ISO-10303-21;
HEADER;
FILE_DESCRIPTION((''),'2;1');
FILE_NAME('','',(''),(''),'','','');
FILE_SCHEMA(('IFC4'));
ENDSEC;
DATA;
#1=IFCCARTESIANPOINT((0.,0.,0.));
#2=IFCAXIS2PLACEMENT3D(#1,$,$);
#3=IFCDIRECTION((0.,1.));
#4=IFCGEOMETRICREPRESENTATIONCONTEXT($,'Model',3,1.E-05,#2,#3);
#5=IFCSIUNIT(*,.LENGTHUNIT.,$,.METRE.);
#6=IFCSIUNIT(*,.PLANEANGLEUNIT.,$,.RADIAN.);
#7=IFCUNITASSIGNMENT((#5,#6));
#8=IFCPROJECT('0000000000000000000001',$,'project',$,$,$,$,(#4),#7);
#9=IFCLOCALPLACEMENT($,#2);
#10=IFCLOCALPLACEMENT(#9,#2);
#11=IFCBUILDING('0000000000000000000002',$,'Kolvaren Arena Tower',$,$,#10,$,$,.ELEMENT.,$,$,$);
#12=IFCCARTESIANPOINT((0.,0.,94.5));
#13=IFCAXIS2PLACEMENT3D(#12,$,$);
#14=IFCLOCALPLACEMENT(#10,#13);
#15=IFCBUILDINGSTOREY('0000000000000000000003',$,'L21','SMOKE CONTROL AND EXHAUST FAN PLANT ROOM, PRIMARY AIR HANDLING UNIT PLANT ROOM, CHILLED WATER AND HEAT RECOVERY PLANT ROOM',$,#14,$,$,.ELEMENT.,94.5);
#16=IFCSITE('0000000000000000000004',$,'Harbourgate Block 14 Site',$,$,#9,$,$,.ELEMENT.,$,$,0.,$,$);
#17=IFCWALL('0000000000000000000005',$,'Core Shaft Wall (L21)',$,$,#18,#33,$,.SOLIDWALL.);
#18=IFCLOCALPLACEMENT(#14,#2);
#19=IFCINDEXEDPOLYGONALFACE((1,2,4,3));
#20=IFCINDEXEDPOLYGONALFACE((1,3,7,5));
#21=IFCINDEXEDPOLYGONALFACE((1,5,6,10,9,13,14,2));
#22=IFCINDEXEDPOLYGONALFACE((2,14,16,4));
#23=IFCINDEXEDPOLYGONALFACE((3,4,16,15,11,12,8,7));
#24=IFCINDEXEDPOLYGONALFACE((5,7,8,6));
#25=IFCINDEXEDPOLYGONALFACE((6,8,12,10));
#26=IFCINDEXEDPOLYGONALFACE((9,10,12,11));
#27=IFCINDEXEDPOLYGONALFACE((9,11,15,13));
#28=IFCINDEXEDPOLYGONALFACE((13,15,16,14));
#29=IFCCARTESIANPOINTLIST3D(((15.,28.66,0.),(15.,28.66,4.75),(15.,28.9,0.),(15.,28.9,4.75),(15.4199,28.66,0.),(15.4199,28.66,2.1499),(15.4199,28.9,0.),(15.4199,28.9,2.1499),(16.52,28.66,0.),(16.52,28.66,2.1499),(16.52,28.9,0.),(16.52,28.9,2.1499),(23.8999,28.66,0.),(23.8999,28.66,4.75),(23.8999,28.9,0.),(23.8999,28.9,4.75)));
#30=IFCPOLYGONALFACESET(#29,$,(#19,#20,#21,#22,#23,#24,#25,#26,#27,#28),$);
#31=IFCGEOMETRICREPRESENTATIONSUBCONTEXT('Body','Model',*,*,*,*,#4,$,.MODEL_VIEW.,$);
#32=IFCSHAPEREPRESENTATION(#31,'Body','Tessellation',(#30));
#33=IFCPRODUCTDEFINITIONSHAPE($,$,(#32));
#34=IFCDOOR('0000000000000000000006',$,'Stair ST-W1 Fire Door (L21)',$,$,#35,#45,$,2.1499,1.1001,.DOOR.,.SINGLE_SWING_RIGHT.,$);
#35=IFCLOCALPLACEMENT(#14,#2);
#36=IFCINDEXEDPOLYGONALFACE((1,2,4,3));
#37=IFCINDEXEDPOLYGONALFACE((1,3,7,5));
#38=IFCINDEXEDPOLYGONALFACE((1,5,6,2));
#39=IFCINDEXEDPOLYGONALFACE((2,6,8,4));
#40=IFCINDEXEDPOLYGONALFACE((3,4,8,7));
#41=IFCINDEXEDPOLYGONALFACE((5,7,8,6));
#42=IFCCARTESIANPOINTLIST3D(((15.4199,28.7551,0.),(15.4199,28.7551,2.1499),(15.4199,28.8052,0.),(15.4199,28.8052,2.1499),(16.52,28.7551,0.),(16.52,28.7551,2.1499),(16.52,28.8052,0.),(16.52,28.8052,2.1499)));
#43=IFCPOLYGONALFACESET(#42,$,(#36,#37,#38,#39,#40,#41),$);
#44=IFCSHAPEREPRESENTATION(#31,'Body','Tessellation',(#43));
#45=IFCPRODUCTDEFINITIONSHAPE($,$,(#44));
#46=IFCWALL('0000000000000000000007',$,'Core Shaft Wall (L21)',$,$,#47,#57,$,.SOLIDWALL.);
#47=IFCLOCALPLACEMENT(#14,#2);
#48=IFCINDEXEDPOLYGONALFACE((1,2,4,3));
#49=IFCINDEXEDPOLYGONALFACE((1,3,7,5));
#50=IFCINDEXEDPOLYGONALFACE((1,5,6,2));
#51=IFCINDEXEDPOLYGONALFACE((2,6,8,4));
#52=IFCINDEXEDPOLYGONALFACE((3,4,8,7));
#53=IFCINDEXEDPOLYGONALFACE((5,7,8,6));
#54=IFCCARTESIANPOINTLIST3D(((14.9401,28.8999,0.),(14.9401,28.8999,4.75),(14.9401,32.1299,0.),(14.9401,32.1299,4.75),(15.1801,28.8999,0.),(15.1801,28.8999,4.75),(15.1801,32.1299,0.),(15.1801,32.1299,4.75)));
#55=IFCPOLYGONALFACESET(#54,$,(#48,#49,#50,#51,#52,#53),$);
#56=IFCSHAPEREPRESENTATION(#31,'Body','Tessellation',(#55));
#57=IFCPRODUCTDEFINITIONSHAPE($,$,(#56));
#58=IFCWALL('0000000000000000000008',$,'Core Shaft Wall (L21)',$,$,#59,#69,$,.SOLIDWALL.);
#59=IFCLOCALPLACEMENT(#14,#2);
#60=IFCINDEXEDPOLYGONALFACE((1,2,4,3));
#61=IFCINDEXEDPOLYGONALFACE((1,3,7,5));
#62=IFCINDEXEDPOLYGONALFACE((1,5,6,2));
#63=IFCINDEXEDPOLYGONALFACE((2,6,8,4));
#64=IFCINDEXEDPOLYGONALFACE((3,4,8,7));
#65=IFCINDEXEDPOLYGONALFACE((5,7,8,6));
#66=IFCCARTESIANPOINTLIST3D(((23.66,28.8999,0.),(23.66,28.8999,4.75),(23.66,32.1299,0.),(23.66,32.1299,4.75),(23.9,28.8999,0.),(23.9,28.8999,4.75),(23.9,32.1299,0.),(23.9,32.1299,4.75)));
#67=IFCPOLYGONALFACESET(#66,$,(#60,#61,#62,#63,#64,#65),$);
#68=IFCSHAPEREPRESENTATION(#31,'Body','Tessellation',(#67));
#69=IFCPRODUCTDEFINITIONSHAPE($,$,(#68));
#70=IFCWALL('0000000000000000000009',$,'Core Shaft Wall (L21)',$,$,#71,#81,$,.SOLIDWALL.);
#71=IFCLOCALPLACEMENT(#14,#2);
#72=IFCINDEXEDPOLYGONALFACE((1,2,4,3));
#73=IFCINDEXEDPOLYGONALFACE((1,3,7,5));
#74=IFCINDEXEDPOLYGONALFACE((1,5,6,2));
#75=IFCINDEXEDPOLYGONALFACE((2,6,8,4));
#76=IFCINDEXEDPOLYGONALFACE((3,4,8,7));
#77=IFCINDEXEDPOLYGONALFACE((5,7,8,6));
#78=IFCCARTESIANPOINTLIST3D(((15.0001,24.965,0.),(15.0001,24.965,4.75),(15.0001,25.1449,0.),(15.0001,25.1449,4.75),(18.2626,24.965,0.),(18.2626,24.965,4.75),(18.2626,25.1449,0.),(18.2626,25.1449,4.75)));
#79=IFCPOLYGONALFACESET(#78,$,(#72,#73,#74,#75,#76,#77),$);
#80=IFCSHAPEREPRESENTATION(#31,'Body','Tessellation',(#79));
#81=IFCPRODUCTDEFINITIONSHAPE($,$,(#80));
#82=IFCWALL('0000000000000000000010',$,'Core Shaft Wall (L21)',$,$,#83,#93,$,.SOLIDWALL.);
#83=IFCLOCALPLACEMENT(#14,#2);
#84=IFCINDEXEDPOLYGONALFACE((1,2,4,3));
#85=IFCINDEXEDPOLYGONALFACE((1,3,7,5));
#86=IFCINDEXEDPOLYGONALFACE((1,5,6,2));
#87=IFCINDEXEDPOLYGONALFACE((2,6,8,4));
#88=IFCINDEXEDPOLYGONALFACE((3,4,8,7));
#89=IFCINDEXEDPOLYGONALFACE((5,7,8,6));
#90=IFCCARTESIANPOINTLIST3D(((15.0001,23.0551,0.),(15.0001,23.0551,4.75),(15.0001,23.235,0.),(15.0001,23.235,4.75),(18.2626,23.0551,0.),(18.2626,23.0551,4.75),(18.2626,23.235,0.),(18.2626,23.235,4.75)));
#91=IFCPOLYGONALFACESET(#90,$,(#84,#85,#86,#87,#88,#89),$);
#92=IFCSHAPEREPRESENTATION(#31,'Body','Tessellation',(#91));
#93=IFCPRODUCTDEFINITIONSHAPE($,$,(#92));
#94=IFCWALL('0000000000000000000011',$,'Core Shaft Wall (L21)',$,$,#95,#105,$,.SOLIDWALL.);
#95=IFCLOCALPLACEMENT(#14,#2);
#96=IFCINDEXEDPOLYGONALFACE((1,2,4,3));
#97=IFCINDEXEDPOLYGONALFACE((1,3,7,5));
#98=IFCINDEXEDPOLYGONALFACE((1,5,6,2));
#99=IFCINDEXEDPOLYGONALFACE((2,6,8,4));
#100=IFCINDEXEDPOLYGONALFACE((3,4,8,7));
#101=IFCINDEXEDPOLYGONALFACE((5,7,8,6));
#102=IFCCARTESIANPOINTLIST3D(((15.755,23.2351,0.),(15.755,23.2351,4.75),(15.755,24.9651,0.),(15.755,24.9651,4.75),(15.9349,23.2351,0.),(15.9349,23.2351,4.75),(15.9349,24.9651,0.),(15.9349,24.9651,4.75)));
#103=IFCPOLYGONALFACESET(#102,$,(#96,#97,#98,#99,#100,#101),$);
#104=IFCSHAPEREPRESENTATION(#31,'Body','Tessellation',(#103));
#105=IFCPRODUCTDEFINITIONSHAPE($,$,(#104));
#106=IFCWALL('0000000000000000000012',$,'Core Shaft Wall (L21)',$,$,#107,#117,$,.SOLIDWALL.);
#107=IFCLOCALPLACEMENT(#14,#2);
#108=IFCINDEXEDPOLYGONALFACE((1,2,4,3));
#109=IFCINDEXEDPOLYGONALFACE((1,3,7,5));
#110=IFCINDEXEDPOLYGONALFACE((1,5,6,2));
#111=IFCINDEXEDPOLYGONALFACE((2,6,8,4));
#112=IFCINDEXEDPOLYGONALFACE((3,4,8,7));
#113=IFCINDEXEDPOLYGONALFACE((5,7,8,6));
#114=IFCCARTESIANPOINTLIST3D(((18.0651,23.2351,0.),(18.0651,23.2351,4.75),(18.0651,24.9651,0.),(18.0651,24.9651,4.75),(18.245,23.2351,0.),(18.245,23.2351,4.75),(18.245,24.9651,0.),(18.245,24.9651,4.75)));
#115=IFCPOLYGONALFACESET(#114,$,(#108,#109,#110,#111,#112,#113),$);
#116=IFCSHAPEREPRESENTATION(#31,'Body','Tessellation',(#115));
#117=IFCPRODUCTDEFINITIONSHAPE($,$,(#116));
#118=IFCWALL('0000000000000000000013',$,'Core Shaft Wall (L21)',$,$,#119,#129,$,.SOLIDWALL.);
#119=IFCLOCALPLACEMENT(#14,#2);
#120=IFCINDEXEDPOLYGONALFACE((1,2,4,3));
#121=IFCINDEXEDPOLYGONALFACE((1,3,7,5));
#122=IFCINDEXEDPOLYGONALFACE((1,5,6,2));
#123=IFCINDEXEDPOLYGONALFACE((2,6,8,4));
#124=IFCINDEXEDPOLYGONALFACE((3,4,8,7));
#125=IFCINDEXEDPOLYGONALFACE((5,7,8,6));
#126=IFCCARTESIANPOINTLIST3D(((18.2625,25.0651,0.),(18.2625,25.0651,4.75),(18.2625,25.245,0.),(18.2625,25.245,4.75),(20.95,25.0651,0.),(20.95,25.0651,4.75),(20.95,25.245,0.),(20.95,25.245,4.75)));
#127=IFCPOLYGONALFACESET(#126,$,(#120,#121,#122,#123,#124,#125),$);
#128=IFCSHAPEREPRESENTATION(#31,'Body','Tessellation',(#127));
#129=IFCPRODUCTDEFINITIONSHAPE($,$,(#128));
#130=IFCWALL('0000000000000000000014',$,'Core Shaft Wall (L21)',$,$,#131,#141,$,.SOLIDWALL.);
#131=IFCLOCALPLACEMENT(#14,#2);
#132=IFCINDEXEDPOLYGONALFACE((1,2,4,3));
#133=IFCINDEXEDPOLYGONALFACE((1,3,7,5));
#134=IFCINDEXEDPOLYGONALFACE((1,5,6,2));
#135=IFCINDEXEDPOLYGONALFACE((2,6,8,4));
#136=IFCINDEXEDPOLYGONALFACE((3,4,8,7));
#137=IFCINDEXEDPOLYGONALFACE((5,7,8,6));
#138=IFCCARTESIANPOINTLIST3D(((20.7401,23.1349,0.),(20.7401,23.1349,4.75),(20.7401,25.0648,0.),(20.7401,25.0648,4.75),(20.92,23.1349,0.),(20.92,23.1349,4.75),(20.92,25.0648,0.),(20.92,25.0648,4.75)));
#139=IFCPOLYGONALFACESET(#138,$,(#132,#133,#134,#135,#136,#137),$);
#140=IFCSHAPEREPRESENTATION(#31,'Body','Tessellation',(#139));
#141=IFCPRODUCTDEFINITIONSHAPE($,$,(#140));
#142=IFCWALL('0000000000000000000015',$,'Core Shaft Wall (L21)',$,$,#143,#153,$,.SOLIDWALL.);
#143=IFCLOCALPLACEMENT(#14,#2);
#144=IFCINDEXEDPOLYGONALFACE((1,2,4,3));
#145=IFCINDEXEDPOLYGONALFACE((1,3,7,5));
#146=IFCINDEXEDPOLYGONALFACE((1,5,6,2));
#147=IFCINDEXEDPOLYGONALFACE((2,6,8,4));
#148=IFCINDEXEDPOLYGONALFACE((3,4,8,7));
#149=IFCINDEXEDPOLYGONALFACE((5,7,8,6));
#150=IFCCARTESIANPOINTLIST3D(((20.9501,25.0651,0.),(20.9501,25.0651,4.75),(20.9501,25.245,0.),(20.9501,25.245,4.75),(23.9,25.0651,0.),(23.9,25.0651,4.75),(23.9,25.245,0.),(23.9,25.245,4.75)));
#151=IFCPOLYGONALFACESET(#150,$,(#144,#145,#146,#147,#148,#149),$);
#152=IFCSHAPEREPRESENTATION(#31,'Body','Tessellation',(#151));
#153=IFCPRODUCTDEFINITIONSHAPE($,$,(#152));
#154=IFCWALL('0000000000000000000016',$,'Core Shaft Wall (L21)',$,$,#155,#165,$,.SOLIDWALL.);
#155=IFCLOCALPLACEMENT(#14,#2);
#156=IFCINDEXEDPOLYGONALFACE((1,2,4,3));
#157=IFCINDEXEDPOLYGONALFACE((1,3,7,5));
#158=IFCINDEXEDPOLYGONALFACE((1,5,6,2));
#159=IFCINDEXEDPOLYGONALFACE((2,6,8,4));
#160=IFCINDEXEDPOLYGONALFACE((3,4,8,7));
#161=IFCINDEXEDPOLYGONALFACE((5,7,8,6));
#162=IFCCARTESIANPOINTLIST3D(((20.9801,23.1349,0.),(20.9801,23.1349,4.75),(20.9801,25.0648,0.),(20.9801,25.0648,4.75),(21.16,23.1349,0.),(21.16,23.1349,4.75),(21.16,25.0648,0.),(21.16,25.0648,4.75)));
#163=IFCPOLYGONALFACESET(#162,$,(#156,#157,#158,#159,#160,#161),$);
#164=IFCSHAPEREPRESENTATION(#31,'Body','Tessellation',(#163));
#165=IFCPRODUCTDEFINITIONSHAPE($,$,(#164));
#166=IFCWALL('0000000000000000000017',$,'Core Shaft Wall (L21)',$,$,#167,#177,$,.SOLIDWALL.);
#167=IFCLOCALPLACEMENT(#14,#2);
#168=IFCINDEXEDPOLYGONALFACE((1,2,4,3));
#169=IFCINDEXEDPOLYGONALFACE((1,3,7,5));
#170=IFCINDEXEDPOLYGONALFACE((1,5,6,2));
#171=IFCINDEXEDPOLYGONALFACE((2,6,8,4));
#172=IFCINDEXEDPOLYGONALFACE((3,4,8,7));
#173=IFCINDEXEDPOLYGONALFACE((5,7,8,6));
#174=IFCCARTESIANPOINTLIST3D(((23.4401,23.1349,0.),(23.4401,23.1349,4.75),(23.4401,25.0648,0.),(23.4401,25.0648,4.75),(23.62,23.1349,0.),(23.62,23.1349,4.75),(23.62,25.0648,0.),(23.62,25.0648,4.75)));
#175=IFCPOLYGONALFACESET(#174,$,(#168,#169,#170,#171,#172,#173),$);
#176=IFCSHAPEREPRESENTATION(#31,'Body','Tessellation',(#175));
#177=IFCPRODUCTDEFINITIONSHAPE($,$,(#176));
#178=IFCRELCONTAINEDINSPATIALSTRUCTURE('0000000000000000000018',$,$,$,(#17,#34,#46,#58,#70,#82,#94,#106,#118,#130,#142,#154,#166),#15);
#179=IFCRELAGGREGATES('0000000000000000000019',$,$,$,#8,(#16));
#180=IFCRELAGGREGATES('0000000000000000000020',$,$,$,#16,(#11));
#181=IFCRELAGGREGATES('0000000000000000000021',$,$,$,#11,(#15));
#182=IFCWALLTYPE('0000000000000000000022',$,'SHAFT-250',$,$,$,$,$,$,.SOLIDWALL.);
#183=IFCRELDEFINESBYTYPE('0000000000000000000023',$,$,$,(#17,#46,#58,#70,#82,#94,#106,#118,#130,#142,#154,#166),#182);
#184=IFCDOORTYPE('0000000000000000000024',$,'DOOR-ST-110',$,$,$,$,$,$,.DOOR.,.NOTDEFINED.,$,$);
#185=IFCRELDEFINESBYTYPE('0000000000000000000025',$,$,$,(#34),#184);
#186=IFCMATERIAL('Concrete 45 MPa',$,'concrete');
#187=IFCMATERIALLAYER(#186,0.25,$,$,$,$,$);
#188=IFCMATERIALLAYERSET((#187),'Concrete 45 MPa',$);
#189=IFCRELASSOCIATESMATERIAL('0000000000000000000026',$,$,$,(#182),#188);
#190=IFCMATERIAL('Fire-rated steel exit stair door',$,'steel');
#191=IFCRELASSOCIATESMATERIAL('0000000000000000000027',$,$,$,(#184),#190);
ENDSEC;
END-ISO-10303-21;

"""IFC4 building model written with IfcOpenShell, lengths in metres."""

from ifc_helpers import new_model, si_unit, direction, frame, frame_2d, origin, place, context, subcontext, project, spatial, rectangle, extrude, material, layer, layer_set, type_object, element, fill, save


model = new_model("IFC4")

# Units and contexts
model_context = context("Model", 3, precision=1e-05, world=origin(), true_north=direction((0.0, 1.0)))
body_context = subcontext(model_context, "Body", "Model", "MODEL_VIEW")
ifc_project = project(units=[si_unit("LENGTHUNIT", "METRE"), si_unit("PLANEANGLEUNIT", "RADIAN")], contexts=[model_context])

# Site, building, storey
site_placement = place(None, origin())
site = spatial("IfcSite", under=ifc_project, at=site_placement, Name="Harbourgate Block 14 Site", CompositionType="ELEMENT", RefElevation=0.0)
building_placement = place(site_placement, origin())
building = spatial("IfcBuilding", under=site, at=building_placement, Name="Kolvaren Arena Tower", CompositionType="ELEMENT")
storey_placement = place(building_placement, frame((0.0, 0.0, 94.5)))
storey = spatial("IfcBuildingStorey", under=building, at=storey_placement, Name="L21", Description="SMOKE CONTROL AND EXHAUST FAN PLANT ROOM, PRIMARY AIR HANDLING UNIT PLANT ROOM, CHILLED WATER AND HEAT RECOVERY PLANT ROOM", CompositionType="ELEMENT", Elevation=94.5)

# Wall, opening, door
ifc_material_1 = material(Name="Concrete 45 MPa", Category="concrete")
ifc_layer = layer(ifc_material_1, 0.25)
ifc_layer_set = layer_set([ifc_layer], Name="Concrete 45 MPa")
wall_type = type_object("IfcWallType", Name="SHAFT-250", PredefinedType="SOLIDWALL", material=ifc_layer_set)
wall_1_placement = place(storey_placement, frame((23.8999, 28.78, 0.0), z_axis=(0.0, 0.0, 1.0), x_axis=(-1.0, 0.0, 0.0)))
wall_1 = element("IfcWall", 1, at=wall_1_placement, inside=storey, type_object=wall_type, Name="Core Shaft Wall (L21)", PredefinedType="SOLIDWALL", context=body_context, shape_type="SweptSolid", body=[
    extrude(rectangle(XDim=8.8999, YDim=0.24, at=frame_2d((4.45, 0.0))), origin(), (0.0, 0.0, 1.0), 4.75),
])
opening_1_placement = place(wall_1_placement, frame((7.3799, 0.0, 0.0)))
opening_1 = element("IfcOpeningElement", 2, at=opening_1_placement, cuts=wall_1, PredefinedType="OPENING", context=body_context, shape_type="SweptSolid", body=[
    extrude(rectangle(XDim=1.1001, YDim=2.1499, at=frame_2d((0.55, 1.075))), frame((0.0, 0.1299, 0.0), z_axis=(0.0, -1.0, 0.0), x_axis=(1.0, 0.0, 0.0)), (0.0, 0.0, 1.0), 0.26),
])
ifc_material_2 = material(Name="Fire-rated steel exit stair door", Category="steel")
door_type_1 = type_object("IfcDoorType", Name="DOOR-ST-110", OperationType="NOTDEFINED", PredefinedType="DOOR", material=ifc_material_2)
door_1_placement = place(opening_1_placement, origin())
door_1 = element("IfcDoor", 3, at=door_1_placement, inside=storey, type_object=door_type_1, Name="Stair ST-W1 Fire Door (L21)", OperationType="SINGLE_SWING_RIGHT", OverallHeight=2.1499, OverallWidth=1.1001, PredefinedType="DOOR", context=body_context, shape_type="SweptSolid", body=[
    extrude(rectangle(XDim=1.1001, YDim=2.1499, at=frame_2d((0.55, 1.075))), frame((0.0, 0.0249, 0.0), z_axis=(0.0, -1.0, 0.0), x_axis=(1.0, 0.0, 0.0)), (0.0, 0.0, 1.0), 0.05),
])
fill(opening_1, door_1)

# Walls
for number, where, z_axis, x_axis, name in (
    (4, (15.0601, 28.8999, 0.0), (0.0, 0.0, 1.0), (0.0, 1.0, 0.0), "Core Shaft Wall (L21)"),
    (5, (23.78, 28.8999, 0.0), (0.0, 0.0, 1.0), (0.0, 1.0, 0.0), "Core Shaft Wall (L21)"),
):
    element("IfcWall", number, at=place(storey_placement, frame(where, z_axis=z_axis, x_axis=x_axis)), inside=storey, type_object=wall_type, Name=name, PredefinedType="SOLIDWALL", context=body_context, shape_type="SweptSolid", body=[
        extrude(rectangle(XDim=3.23, YDim=0.24, at=frame_2d((1.615, 0.0))), origin(), (0.0, 0.0, 1.0), 4.75),
    ])
for number, where, z_axis, x_axis, name in (
    (6, (15.0, 25.0549, 0.0), (0.0, 0.0, 1.0), (1.0, 0.0, 0.0), "Core Shaft Wall (L21)"),
    (7, (15.0, 23.145, 0.0), (0.0, 0.0, 1.0), (1.0, 0.0, 0.0), "Core Shaft Wall (L21)"),
):
    element("IfcWall", number, at=place(storey_placement, frame(where, z_axis=z_axis, x_axis=x_axis)), inside=storey, type_object=wall_type, Name=name, PredefinedType="SOLIDWALL", context=body_context, shape_type="SweptSolid", body=[
        extrude(rectangle(XDim=3.2625, YDim=0.1799, at=frame_2d((1.6313, 0.0))), origin(), (0.0, 0.0, 1.0), 4.75),
    ])
for number, where, z_axis, x_axis, name in (
    (8, (15.845, 23.2351, 0.0), (0.0, 0.0, 1.0), (0.0, 1.0, 0.0), "Core Shaft Wall (L21)"),
    (9, (18.155, 23.2351, 0.0), (0.0, 0.0, 1.0), (0.0, 1.0, 0.0), "Core Shaft Wall (L21)"),
):
    element("IfcWall", number, at=place(storey_placement, frame(where, z_axis=z_axis, x_axis=x_axis)), inside=storey, type_object=wall_type, Name=name, PredefinedType="SOLIDWALL", context=body_context, shape_type="SweptSolid", body=[
        extrude(rectangle(XDim=1.73, YDim=0.1799, at=frame_2d((0.865, 0.0))), origin(), (0.0, 0.0, 1.0), 4.75),
    ])
wall_2_placement = place(storey_placement, frame((18.2625, 25.155, 0.0), z_axis=(0.0, 0.0, 1.0), x_axis=(1.0, 0.0, 0.0)))
element("IfcWall", 10, at=wall_2_placement, inside=storey, type_object=wall_type, Name="Core Shaft Wall (L21)", PredefinedType="SOLIDWALL", context=body_context, shape_type="SweptSolid", body=[
    extrude(rectangle(XDim=2.6875, YDim=0.1799, at=frame_2d((1.3438, 0.0))), origin(), (0.0, 0.0, 1.0), 4.75),
])
wall_3_placement = place(storey_placement, frame((20.8301, 23.135, 0.0), z_axis=(0.0, 0.0, 1.0), x_axis=(0.0, 1.0, 0.0)))
element("IfcWall", 11, at=wall_3_placement, inside=storey, type_object=wall_type, Name="Core Shaft Wall (L21)", PredefinedType="SOLIDWALL", context=body_context, shape_type="SweptSolid", body=[
    extrude(rectangle(XDim=1.9299, YDim=0.1799, at=frame_2d((0.9648, 0.0))), origin(), (0.0, 0.0, 1.0), 4.75),
])
wall_4_placement = place(storey_placement, frame((20.95, 25.155, 0.0), z_axis=(0.0, 0.0, 1.0), x_axis=(1.0, 0.0, 0.0)))
element("IfcWall", 12, at=wall_4_placement, inside=storey, type_object=wall_type, Name="Core Shaft Wall (L21)", PredefinedType="SOLIDWALL", context=body_context, shape_type="SweptSolid", body=[
    extrude(rectangle(XDim=2.95, YDim=0.1799, at=frame_2d((1.4751, 0.0))), origin(), (0.0, 0.0, 1.0), 4.75),
])
for number, where, z_axis, x_axis, name in (
    (13, (21.0701, 23.135, 0.0), (0.0, 0.0, 1.0), (0.0, 1.0, 0.0), "Core Shaft Wall (L21)"),
    (14, (23.53, 23.135, 0.0), (0.0, 0.0, 1.0), (0.0, 1.0, 0.0), "Core Shaft Wall (L21)"),
):
    element("IfcWall", number, at=place(storey_placement, frame(where, z_axis=z_axis, x_axis=x_axis)), inside=storey, type_object=wall_type, Name=name, PredefinedType="SOLIDWALL", context=body_context, shape_type="SweptSolid", body=[
        extrude(rectangle(XDim=1.9299, YDim=0.1799, at=frame_2d((0.9648, 0.0))), origin(), (0.0, 0.0, 1.0), 4.75),
    ])

save(model, "model.ifc")
